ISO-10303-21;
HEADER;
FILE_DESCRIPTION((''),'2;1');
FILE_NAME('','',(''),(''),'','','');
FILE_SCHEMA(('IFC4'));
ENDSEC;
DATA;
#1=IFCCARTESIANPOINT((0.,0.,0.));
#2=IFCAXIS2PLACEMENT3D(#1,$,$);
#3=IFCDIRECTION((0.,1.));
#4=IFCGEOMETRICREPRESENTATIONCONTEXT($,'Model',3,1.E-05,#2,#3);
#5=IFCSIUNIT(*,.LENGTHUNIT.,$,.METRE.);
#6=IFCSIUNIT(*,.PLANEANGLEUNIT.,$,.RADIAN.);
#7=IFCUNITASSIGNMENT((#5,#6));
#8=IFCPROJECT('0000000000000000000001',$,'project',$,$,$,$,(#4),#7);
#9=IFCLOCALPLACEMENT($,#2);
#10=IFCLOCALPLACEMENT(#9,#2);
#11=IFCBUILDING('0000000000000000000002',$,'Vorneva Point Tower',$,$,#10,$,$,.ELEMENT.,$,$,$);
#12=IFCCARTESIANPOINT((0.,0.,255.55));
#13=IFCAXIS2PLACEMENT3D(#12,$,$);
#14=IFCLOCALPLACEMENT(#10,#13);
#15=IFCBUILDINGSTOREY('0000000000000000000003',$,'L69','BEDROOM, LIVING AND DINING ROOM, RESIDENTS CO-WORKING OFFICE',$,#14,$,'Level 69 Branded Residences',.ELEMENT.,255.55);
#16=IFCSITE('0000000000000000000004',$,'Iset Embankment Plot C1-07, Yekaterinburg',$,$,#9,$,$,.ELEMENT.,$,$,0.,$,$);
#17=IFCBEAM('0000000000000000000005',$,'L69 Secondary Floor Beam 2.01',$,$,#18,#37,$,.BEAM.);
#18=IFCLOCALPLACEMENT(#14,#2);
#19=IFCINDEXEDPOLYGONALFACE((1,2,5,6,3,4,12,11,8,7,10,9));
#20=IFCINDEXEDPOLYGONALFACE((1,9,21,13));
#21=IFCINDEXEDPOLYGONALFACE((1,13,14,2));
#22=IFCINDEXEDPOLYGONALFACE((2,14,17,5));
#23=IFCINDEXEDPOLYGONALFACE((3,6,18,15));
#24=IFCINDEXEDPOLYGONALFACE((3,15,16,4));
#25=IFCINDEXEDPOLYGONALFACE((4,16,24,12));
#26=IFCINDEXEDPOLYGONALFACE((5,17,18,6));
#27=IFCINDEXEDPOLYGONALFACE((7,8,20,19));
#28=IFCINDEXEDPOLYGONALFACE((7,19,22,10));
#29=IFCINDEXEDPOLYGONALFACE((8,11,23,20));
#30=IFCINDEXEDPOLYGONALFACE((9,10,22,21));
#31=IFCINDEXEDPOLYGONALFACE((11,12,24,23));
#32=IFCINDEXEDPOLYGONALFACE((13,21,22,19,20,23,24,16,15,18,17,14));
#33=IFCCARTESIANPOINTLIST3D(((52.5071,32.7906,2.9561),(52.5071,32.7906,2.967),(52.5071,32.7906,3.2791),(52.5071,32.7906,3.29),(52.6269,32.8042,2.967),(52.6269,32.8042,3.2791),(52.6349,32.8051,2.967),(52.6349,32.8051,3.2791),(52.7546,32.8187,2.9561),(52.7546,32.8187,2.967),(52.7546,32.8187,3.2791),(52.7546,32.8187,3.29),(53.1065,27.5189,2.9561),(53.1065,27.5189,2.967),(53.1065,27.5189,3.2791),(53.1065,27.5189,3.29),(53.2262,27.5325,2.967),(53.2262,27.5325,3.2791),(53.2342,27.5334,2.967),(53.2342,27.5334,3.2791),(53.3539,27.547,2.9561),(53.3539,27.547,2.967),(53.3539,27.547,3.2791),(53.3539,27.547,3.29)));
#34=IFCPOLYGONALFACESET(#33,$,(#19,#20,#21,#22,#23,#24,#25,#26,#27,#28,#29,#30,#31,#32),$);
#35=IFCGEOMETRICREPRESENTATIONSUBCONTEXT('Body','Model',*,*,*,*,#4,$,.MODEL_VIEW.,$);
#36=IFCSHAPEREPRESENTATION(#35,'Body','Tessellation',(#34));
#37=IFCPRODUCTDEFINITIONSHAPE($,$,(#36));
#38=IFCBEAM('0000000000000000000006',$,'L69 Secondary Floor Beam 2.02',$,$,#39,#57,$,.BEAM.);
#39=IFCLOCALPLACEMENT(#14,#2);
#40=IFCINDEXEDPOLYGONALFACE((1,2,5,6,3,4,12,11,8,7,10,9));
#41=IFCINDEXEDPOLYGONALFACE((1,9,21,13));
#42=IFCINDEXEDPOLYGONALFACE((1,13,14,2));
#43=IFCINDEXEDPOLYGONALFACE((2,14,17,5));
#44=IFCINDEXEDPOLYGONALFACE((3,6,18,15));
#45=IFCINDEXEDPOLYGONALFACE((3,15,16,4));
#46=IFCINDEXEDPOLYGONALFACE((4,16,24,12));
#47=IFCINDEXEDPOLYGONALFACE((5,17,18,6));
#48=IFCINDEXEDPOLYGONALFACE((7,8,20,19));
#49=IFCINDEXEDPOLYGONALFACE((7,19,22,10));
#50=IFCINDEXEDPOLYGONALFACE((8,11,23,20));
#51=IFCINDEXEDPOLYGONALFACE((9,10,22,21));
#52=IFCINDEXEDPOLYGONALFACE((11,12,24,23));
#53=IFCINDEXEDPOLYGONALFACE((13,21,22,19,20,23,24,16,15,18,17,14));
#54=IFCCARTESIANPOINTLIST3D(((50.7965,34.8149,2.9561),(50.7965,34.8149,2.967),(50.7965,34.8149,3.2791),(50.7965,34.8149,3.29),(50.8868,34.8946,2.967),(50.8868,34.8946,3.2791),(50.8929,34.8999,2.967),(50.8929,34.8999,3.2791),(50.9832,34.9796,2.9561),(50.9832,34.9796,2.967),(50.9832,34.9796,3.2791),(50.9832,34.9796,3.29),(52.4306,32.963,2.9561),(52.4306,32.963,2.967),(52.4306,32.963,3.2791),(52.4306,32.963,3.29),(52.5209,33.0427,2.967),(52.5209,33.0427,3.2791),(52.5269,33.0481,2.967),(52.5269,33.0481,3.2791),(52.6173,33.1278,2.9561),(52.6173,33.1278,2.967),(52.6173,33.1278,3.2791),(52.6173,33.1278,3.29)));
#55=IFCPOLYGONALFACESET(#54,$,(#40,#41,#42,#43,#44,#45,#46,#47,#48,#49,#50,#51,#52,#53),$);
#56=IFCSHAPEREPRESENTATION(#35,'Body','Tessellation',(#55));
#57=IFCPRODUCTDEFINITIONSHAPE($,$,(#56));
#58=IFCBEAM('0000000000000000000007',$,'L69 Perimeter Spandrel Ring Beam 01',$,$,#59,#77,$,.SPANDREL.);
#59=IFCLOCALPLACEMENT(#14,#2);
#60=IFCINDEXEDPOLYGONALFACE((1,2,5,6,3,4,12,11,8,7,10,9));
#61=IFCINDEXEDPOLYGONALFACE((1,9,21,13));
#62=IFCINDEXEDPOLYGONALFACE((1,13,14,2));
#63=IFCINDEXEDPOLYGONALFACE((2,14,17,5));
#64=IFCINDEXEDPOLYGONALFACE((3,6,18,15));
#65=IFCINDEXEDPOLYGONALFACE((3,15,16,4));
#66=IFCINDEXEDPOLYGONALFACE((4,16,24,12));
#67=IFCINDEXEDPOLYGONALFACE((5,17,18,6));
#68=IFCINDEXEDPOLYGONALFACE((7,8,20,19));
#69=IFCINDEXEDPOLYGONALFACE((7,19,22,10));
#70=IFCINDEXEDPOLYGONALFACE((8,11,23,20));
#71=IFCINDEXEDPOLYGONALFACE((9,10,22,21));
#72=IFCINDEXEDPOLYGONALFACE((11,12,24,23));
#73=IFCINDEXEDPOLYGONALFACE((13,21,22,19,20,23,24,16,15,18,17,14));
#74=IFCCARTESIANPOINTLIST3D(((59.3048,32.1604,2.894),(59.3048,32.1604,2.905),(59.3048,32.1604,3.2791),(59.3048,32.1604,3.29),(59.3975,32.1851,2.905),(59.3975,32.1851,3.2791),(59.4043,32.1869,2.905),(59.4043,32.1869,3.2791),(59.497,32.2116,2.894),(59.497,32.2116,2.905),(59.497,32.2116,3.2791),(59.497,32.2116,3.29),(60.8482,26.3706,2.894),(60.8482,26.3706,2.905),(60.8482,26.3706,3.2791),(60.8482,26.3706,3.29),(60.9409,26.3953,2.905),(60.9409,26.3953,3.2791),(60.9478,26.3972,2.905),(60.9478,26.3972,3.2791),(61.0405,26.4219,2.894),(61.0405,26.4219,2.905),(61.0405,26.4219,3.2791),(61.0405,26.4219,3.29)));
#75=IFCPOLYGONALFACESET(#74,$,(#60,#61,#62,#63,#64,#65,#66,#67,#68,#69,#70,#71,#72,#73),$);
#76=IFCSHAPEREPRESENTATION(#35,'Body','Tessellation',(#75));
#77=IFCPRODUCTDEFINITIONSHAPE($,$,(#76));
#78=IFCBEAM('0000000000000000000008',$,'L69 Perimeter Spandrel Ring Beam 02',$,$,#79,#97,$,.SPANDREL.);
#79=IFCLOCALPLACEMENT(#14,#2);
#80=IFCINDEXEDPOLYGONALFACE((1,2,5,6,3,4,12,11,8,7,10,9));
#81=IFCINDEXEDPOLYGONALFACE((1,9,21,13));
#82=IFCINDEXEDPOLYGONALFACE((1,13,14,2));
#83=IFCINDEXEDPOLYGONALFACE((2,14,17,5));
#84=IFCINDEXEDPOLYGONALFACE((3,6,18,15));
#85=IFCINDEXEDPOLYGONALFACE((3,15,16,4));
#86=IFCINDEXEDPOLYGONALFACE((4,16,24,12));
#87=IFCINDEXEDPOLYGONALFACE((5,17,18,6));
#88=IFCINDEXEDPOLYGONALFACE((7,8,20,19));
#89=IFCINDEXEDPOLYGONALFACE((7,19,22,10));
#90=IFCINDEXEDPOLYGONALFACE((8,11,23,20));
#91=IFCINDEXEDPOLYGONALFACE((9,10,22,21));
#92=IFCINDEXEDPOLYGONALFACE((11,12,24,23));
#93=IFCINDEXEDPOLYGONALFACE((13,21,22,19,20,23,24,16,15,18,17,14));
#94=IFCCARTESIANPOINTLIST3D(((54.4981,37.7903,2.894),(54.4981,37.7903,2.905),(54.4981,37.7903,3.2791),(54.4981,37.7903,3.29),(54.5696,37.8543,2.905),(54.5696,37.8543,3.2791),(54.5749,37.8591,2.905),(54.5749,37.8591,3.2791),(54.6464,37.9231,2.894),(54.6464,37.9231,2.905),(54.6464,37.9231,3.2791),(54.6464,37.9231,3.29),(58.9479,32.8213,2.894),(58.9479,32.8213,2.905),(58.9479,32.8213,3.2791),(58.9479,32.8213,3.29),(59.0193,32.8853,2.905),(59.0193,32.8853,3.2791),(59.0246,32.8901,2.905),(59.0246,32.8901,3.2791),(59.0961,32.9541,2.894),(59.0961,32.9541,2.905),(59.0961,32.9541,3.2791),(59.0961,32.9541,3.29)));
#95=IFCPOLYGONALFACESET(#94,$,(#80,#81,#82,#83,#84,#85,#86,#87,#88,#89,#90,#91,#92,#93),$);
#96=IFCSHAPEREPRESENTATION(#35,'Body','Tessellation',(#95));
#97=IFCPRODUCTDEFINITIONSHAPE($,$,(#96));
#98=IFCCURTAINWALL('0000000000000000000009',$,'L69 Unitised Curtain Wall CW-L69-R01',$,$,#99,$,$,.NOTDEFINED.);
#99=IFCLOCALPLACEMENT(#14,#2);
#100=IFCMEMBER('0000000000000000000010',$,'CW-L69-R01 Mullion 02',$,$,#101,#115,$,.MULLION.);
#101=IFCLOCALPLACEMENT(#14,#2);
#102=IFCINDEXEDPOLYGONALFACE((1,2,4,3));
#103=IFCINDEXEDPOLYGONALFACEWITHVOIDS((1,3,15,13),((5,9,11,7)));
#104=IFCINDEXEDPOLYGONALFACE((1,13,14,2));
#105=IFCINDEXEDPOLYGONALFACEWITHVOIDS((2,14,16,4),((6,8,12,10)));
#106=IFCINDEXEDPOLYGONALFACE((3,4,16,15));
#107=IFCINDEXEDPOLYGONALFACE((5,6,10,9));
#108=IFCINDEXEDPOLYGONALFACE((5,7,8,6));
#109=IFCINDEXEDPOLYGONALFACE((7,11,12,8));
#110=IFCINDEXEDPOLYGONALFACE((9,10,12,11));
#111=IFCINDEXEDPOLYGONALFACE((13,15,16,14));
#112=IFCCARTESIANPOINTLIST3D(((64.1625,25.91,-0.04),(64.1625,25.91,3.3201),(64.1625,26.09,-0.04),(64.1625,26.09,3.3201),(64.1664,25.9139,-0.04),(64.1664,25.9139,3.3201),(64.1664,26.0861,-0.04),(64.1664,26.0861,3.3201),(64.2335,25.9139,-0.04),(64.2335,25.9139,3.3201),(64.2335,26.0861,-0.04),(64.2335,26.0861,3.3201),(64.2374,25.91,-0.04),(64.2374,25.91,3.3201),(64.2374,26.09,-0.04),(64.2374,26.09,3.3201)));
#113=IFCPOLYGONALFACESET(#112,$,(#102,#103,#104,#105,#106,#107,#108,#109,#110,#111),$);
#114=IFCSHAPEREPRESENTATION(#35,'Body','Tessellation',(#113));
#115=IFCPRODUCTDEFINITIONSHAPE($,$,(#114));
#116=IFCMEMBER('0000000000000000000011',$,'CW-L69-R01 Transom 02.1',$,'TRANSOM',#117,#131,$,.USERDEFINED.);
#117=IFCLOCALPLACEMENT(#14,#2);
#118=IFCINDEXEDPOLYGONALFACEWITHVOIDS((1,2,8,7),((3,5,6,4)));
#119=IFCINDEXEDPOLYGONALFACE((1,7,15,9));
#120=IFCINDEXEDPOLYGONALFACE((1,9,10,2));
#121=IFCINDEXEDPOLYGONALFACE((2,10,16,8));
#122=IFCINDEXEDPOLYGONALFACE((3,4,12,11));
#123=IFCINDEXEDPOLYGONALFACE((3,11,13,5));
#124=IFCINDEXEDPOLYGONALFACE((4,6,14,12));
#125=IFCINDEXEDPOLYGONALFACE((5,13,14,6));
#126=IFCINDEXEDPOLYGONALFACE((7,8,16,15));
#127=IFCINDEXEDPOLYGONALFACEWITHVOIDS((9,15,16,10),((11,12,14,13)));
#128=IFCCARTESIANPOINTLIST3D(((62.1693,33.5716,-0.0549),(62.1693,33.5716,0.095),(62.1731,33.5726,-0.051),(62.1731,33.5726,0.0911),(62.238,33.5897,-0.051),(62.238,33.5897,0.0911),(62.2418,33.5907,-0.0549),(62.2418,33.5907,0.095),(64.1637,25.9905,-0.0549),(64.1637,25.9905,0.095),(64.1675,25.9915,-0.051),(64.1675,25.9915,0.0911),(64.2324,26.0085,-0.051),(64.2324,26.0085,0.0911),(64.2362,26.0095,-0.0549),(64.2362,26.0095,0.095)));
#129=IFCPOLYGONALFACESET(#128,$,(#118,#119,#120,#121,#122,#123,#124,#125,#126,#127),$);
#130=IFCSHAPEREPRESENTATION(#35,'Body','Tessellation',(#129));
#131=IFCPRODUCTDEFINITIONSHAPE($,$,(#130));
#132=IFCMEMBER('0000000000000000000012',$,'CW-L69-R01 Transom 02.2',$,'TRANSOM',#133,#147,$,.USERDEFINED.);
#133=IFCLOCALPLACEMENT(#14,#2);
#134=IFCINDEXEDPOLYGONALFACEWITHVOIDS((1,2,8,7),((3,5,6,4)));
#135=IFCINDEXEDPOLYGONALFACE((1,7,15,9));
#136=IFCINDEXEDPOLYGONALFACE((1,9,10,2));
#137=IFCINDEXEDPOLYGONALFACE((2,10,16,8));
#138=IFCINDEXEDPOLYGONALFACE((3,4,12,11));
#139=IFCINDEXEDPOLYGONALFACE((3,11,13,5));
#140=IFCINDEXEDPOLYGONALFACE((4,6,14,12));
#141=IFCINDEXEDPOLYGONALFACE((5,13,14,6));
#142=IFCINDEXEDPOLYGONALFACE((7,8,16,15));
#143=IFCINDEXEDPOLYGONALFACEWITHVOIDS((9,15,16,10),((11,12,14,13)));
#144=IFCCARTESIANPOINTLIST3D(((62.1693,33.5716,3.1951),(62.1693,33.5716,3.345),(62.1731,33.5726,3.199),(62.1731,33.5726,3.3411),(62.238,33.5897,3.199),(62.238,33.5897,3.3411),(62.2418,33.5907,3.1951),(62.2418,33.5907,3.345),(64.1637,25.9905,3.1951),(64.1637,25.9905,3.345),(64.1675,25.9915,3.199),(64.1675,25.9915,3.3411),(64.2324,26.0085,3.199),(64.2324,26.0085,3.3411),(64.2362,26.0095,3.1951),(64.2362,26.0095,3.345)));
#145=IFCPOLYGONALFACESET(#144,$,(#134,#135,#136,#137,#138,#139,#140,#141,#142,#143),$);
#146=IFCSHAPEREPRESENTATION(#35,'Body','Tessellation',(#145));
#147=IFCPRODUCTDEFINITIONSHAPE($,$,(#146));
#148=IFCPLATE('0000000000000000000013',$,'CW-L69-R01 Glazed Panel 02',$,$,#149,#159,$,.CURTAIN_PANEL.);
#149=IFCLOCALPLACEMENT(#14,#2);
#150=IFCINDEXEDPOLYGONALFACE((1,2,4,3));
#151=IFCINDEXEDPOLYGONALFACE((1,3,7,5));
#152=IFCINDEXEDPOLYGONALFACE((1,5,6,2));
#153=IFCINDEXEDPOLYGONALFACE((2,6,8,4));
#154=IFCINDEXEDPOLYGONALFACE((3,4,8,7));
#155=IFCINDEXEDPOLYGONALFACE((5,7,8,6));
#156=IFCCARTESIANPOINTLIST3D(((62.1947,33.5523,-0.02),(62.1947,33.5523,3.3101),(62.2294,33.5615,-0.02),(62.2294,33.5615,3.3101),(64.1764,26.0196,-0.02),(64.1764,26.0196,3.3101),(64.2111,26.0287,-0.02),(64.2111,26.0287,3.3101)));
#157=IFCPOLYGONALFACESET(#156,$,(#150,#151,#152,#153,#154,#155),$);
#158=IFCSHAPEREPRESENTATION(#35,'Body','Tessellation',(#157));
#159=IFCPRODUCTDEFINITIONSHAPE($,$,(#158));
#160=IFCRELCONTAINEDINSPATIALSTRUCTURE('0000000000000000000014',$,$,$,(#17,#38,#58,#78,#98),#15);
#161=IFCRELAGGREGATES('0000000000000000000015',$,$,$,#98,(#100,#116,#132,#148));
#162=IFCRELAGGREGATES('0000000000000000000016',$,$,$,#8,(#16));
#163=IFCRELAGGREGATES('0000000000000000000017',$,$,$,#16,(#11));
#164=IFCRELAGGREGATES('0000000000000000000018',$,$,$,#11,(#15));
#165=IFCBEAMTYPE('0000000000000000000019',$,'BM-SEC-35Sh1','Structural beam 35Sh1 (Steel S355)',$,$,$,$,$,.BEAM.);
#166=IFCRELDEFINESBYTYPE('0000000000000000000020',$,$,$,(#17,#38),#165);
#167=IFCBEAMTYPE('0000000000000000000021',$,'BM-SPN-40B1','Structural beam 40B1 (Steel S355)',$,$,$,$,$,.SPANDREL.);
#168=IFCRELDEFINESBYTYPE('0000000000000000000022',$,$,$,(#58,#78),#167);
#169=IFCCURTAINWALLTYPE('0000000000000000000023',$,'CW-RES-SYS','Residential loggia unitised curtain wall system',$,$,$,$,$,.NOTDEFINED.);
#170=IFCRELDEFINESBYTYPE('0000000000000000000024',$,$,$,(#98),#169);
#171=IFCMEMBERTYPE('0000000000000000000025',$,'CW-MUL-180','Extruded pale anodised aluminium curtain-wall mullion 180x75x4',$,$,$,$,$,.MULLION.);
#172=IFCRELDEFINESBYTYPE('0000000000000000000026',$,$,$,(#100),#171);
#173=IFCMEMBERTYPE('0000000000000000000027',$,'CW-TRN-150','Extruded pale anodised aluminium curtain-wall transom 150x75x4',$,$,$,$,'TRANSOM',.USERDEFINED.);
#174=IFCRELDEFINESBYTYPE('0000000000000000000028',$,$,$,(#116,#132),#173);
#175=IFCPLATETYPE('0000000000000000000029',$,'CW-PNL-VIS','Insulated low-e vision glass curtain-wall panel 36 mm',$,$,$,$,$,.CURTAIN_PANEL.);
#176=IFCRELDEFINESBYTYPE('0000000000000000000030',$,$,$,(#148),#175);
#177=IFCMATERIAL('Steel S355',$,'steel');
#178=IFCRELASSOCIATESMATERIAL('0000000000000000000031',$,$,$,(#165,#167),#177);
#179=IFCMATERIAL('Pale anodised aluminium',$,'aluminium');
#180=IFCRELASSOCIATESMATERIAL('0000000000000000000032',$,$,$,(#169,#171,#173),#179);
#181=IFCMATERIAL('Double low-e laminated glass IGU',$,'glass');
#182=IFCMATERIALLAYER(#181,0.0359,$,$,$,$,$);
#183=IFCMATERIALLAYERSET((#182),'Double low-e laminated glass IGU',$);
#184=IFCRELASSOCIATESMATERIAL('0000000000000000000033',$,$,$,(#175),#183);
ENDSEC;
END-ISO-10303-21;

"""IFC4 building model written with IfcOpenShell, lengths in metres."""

from ifc_helpers import new_model, si_unit, direction, frame, origin, origin_2d, place, context, subcontext, project, spatial, rectangle, hollow_rectangle, i_section, extrude, material, layer, layer_set, material_profile, profile_set, type_object, element, aggregate, save


model = new_model("IFC4")

# Units and contexts
model_context = context("Model", 3, precision=1e-05, world=origin(), true_north=direction((0.0, 1.0)))
body_context = subcontext(model_context, "Body", "Model", "MODEL_VIEW")
ifc_project = project(units=[si_unit("LENGTHUNIT", "METRE"), si_unit("PLANEANGLEUNIT", "RADIAN")], contexts=[model_context])

# Site, building, storey
site_placement = place(None, origin())
site = spatial("IfcSite", under=ifc_project, at=site_placement, Name="Iset Embankment Plot C1-07, Yekaterinburg", CompositionType="ELEMENT", RefElevation=0.0)
building_placement = place(site_placement, origin())
building = spatial("IfcBuilding", under=site, at=building_placement, Name="Vorneva Point Tower", CompositionType="ELEMENT")
storey_placement = place(building_placement, frame((0.0, 0.0, 255.55)))
storey = spatial("IfcBuildingStorey", under=building, at=storey_placement, Name="L69", Description="BEDROOM, LIVING AND DINING ROOM, RESIDENTS CO-WORKING OFFICE", LongName="Level 69 Branded Residences", CompositionType="ELEMENT", Elevation=255.55)

# Beams
ifc_material_1 = material(Name="Steel S355", Category="steel")
ifc_material_profile_1 = material_profile(ifc_material_1, i_section(OverallWidth=0.249, OverallDepth=0.334, WebThickness=0.0081, FlangeThickness=0.011, at=origin_2d()), Name="35Sh1")
ifc_profile_set_1 = profile_set([ifc_material_profile_1], Name="Steel S355")
beam_type_1 = type_object("IfcBeamType", Name="BM-SEC-35Sh1", Description="Structural beam 35Sh1 (Steel S355)", PredefinedType="BEAM", material=ifc_profile_set_1)
beam_1_placement = place(storey_placement, frame((53.2302, 27.533, 3.123), z_axis=(-0.112966, 0.993599, 0.0), x_axis=(-0.993599, -0.112966, 0.0)))
element("IfcBeam", 1, at=beam_1_placement, inside=storey, type_object=beam_type_1, Name="L69 Secondary Floor Beam 2.01", PredefinedType="BEAM", context=body_context, shape_type="SweptSolid", body=[
    extrude(i_section(OverallWidth=0.249, OverallDepth=0.334, WebThickness=0.0081, FlangeThickness=0.011, at=origin_2d()), origin(), (0.0, 0.0, 1.0), 5.3057),
])
beam_2_placement = place(storey_placement, frame((52.5239, 33.0454, 3.123), z_axis=(-0.661641, 0.749821, 0.0), x_axis=(-0.749821, -0.661641, 0.0)))
element("IfcBeam", 2, at=beam_2_placement, inside=storey, type_object=beam_type_1, Name="L69 Secondary Floor Beam 2.02", PredefinedType="BEAM", context=body_context, shape_type="SweptSolid", body=[
    extrude(i_section(OverallWidth=0.249, OverallDepth=0.334, WebThickness=0.0081, FlangeThickness=0.011, at=origin_2d()), origin(), (0.0, 0.0, 1.0), 2.4697),
])
ifc_material_profile_2 = material_profile(ifc_material_1, i_section(OverallWidth=0.199, OverallDepth=0.396, WebThickness=0.0071, FlangeThickness=0.011, at=origin_2d()), Name="40B1")
ifc_profile_set_2 = profile_set([ifc_material_profile_2], Name="Steel S355")
beam_type_2 = type_object("IfcBeamType", Name="BM-SPN-40B1", Description="Structural beam 40B1 (Steel S355)", PredefinedType="SPANDREL", material=ifc_profile_set_2)
beam_3_placement = place(storey_placement, frame((60.9443, 26.3962, 3.092), z_axis=(-0.257587, 0.966255, 0.0), x_axis=(-0.966255, -0.257587, 0.0)))
element("IfcBeam", 3, at=beam_3_placement, inside=storey, type_object=beam_type_2, Name="L69 Perimeter Spandrel Ring Beam 01", PredefinedType="SPANDREL", context=body_context, shape_type="SweptSolid", body=[
    extrude(i_section(OverallWidth=0.199, OverallDepth=0.396, WebThickness=0.0071, FlangeThickness=0.011, at=origin_2d()), origin(), (0.0, 0.0, 1.0), 5.9919),
])
beam_4_placement = place(storey_placement, frame((59.022, 32.8877, 3.092), z_axis=(-0.667108, 0.744961, 0.0), x_axis=(-0.744961, -0.667108, 0.0)))
element("IfcBeam", 4, at=beam_4_placement, inside=storey, type_object=beam_type_2, Name="L69 Perimeter Spandrel Ring Beam 02", PredefinedType="SPANDREL", context=body_context, shape_type="SweptSolid", body=[
    extrude(i_section(OverallWidth=0.199, OverallDepth=0.396, WebThickness=0.0071, FlangeThickness=0.011, at=origin_2d()), origin(), (0.0, 0.0, 1.0), 6.6702),
])

# Curtain wall, members, plate
ifc_material_2 = material(Name="Pale anodised aluminium", Category="aluminium")
curtain_wall_type = type_object("IfcCurtainWallType", Name="CW-RES-SYS", Description="Residential loggia unitised curtain wall system", PredefinedType="NOTDEFINED", material=ifc_material_2)
curtain_wall_placement = place(storey_placement, origin())
curtain_wall = element("IfcCurtainWall", 5, at=curtain_wall_placement, inside=storey, type_object=curtain_wall_type, Name="L69 Unitised Curtain Wall CW-L69-R01", PredefinedType="NOTDEFINED")
ifc_material_profile_3 = material_profile(ifc_material_2, hollow_rectangle(XDim=0.075, YDim=0.1799, WallThickness=0.0039, at=origin_2d()), Name="AL-MUL 180x75x4")
ifc_profile_set_3 = profile_set([ifc_material_profile_3], Name="Pale anodised aluminium")
member_type_1 = type_object("IfcMemberType", Name="CW-MUL-180", Description="Extruded pale anodised aluminium curtain-wall mullion 180x75x4", PredefinedType="MULLION", material=ifc_profile_set_3)
member_1_placement = place(storey_placement, frame((64.2, 26.0, -0.04), z_axis=(0.0, 0.0, 1.0), x_axis=(1.0, 0.0, 0.0)))
member_1 = element("IfcMember", 6, at=member_1_placement, type_object=member_type_1, Name="CW-L69-R01 Mullion 02", PredefinedType="MULLION", context=body_context, shape_type="SweptSolid", body=[
    extrude(hollow_rectangle(XDim=0.075, YDim=0.1799, WallThickness=0.0039, at=origin_2d()), origin(), (0.0, 0.0, 1.0), 3.3601),
])
ifc_material_profile_4 = material_profile(ifc_material_2, hollow_rectangle(XDim=0.075, YDim=0.1499, WallThickness=0.0039, at=origin_2d()), Name="AL-TRN 150x75x4")
ifc_profile_set_4 = profile_set([ifc_material_profile_4], Name="Pale anodised aluminium")
member_type_2 = type_object("IfcMemberType", Name="CW-TRN-150", Description="Extruded pale anodised aluminium curtain-wall transom 150x75x4", ElementType="TRANSOM", PredefinedType="USERDEFINED", material=ifc_profile_set_4)
member_2_placement = place(storey_placement, frame((64.2, 26.0, 0.02), z_axis=(-0.254418, 0.967094, 0.0), x_axis=(-0.967094, -0.254418, 0.0)))
member_2 = element("IfcMember", 7, at=member_2_placement, type_object=member_type_2, Name="CW-L69-R01 Transom 02.1", ObjectType="TRANSOM", PredefinedType="USERDEFINED", context=body_context, shape_type="SweptSolid", body=[
    extrude(hollow_rectangle(XDim=0.075, YDim=0.1499, WallThickness=0.0039, at=origin_2d()), origin(), (0.0, 0.0, 1.0), 7.8391),
])
member_3_placement = place(storey_placement, frame((64.2, 26.0, 3.27), z_axis=(-0.254418, 0.967094, 0.0), x_axis=(-0.967094, -0.254418, 0.0)))
member_3 = element("IfcMember", 8, at=member_3_placement, type_object=member_type_2, Name="CW-L69-R01 Transom 02.2", ObjectType="TRANSOM", PredefinedType="USERDEFINED", context=body_context, shape_type="SweptSolid", body=[
    extrude(hollow_rectangle(XDim=0.075, YDim=0.1499, WallThickness=0.0039, at=origin_2d()), origin(), (0.0, 0.0, 1.0), 7.8391),
])
ifc_material_3 = material(Name="Double low-e laminated glass IGU", Category="glass")
ifc_layer_1 = layer(ifc_material_3, 0.0359)
ifc_layer_set_1 = layer_set([ifc_layer_1], Name="Double low-e laminated glass IGU")
plate_type = type_object("IfcPlateType", Name="CW-PNL-VIS", Description="Insulated low-e vision glass curtain-wall panel 36 mm", PredefinedType="CURTAIN_PANEL", material=ifc_layer_set_1)
plate_placement = place(storey_placement, frame((63.2029, 29.7905, -0.02), z_axis=(0.0, 0.0, 1.0), x_axis=(-0.254416, 0.967095, 0.0)))
plate = element("IfcPlate", 9, at=plate_placement, type_object=plate_type, Name="CW-L69-R01 Glazed Panel 02", PredefinedType="CURTAIN_PANEL", context=body_context, shape_type="SweptSolid", body=[
    extrude(rectangle(XDim=7.7891, YDim=0.0359, at=origin_2d()), origin(), (0.0, 0.0, 1.0), 3.3301),
])
aggregate(curtain_wall, [member_1, member_2, member_3, plate])

save(model, "model.ifc")
